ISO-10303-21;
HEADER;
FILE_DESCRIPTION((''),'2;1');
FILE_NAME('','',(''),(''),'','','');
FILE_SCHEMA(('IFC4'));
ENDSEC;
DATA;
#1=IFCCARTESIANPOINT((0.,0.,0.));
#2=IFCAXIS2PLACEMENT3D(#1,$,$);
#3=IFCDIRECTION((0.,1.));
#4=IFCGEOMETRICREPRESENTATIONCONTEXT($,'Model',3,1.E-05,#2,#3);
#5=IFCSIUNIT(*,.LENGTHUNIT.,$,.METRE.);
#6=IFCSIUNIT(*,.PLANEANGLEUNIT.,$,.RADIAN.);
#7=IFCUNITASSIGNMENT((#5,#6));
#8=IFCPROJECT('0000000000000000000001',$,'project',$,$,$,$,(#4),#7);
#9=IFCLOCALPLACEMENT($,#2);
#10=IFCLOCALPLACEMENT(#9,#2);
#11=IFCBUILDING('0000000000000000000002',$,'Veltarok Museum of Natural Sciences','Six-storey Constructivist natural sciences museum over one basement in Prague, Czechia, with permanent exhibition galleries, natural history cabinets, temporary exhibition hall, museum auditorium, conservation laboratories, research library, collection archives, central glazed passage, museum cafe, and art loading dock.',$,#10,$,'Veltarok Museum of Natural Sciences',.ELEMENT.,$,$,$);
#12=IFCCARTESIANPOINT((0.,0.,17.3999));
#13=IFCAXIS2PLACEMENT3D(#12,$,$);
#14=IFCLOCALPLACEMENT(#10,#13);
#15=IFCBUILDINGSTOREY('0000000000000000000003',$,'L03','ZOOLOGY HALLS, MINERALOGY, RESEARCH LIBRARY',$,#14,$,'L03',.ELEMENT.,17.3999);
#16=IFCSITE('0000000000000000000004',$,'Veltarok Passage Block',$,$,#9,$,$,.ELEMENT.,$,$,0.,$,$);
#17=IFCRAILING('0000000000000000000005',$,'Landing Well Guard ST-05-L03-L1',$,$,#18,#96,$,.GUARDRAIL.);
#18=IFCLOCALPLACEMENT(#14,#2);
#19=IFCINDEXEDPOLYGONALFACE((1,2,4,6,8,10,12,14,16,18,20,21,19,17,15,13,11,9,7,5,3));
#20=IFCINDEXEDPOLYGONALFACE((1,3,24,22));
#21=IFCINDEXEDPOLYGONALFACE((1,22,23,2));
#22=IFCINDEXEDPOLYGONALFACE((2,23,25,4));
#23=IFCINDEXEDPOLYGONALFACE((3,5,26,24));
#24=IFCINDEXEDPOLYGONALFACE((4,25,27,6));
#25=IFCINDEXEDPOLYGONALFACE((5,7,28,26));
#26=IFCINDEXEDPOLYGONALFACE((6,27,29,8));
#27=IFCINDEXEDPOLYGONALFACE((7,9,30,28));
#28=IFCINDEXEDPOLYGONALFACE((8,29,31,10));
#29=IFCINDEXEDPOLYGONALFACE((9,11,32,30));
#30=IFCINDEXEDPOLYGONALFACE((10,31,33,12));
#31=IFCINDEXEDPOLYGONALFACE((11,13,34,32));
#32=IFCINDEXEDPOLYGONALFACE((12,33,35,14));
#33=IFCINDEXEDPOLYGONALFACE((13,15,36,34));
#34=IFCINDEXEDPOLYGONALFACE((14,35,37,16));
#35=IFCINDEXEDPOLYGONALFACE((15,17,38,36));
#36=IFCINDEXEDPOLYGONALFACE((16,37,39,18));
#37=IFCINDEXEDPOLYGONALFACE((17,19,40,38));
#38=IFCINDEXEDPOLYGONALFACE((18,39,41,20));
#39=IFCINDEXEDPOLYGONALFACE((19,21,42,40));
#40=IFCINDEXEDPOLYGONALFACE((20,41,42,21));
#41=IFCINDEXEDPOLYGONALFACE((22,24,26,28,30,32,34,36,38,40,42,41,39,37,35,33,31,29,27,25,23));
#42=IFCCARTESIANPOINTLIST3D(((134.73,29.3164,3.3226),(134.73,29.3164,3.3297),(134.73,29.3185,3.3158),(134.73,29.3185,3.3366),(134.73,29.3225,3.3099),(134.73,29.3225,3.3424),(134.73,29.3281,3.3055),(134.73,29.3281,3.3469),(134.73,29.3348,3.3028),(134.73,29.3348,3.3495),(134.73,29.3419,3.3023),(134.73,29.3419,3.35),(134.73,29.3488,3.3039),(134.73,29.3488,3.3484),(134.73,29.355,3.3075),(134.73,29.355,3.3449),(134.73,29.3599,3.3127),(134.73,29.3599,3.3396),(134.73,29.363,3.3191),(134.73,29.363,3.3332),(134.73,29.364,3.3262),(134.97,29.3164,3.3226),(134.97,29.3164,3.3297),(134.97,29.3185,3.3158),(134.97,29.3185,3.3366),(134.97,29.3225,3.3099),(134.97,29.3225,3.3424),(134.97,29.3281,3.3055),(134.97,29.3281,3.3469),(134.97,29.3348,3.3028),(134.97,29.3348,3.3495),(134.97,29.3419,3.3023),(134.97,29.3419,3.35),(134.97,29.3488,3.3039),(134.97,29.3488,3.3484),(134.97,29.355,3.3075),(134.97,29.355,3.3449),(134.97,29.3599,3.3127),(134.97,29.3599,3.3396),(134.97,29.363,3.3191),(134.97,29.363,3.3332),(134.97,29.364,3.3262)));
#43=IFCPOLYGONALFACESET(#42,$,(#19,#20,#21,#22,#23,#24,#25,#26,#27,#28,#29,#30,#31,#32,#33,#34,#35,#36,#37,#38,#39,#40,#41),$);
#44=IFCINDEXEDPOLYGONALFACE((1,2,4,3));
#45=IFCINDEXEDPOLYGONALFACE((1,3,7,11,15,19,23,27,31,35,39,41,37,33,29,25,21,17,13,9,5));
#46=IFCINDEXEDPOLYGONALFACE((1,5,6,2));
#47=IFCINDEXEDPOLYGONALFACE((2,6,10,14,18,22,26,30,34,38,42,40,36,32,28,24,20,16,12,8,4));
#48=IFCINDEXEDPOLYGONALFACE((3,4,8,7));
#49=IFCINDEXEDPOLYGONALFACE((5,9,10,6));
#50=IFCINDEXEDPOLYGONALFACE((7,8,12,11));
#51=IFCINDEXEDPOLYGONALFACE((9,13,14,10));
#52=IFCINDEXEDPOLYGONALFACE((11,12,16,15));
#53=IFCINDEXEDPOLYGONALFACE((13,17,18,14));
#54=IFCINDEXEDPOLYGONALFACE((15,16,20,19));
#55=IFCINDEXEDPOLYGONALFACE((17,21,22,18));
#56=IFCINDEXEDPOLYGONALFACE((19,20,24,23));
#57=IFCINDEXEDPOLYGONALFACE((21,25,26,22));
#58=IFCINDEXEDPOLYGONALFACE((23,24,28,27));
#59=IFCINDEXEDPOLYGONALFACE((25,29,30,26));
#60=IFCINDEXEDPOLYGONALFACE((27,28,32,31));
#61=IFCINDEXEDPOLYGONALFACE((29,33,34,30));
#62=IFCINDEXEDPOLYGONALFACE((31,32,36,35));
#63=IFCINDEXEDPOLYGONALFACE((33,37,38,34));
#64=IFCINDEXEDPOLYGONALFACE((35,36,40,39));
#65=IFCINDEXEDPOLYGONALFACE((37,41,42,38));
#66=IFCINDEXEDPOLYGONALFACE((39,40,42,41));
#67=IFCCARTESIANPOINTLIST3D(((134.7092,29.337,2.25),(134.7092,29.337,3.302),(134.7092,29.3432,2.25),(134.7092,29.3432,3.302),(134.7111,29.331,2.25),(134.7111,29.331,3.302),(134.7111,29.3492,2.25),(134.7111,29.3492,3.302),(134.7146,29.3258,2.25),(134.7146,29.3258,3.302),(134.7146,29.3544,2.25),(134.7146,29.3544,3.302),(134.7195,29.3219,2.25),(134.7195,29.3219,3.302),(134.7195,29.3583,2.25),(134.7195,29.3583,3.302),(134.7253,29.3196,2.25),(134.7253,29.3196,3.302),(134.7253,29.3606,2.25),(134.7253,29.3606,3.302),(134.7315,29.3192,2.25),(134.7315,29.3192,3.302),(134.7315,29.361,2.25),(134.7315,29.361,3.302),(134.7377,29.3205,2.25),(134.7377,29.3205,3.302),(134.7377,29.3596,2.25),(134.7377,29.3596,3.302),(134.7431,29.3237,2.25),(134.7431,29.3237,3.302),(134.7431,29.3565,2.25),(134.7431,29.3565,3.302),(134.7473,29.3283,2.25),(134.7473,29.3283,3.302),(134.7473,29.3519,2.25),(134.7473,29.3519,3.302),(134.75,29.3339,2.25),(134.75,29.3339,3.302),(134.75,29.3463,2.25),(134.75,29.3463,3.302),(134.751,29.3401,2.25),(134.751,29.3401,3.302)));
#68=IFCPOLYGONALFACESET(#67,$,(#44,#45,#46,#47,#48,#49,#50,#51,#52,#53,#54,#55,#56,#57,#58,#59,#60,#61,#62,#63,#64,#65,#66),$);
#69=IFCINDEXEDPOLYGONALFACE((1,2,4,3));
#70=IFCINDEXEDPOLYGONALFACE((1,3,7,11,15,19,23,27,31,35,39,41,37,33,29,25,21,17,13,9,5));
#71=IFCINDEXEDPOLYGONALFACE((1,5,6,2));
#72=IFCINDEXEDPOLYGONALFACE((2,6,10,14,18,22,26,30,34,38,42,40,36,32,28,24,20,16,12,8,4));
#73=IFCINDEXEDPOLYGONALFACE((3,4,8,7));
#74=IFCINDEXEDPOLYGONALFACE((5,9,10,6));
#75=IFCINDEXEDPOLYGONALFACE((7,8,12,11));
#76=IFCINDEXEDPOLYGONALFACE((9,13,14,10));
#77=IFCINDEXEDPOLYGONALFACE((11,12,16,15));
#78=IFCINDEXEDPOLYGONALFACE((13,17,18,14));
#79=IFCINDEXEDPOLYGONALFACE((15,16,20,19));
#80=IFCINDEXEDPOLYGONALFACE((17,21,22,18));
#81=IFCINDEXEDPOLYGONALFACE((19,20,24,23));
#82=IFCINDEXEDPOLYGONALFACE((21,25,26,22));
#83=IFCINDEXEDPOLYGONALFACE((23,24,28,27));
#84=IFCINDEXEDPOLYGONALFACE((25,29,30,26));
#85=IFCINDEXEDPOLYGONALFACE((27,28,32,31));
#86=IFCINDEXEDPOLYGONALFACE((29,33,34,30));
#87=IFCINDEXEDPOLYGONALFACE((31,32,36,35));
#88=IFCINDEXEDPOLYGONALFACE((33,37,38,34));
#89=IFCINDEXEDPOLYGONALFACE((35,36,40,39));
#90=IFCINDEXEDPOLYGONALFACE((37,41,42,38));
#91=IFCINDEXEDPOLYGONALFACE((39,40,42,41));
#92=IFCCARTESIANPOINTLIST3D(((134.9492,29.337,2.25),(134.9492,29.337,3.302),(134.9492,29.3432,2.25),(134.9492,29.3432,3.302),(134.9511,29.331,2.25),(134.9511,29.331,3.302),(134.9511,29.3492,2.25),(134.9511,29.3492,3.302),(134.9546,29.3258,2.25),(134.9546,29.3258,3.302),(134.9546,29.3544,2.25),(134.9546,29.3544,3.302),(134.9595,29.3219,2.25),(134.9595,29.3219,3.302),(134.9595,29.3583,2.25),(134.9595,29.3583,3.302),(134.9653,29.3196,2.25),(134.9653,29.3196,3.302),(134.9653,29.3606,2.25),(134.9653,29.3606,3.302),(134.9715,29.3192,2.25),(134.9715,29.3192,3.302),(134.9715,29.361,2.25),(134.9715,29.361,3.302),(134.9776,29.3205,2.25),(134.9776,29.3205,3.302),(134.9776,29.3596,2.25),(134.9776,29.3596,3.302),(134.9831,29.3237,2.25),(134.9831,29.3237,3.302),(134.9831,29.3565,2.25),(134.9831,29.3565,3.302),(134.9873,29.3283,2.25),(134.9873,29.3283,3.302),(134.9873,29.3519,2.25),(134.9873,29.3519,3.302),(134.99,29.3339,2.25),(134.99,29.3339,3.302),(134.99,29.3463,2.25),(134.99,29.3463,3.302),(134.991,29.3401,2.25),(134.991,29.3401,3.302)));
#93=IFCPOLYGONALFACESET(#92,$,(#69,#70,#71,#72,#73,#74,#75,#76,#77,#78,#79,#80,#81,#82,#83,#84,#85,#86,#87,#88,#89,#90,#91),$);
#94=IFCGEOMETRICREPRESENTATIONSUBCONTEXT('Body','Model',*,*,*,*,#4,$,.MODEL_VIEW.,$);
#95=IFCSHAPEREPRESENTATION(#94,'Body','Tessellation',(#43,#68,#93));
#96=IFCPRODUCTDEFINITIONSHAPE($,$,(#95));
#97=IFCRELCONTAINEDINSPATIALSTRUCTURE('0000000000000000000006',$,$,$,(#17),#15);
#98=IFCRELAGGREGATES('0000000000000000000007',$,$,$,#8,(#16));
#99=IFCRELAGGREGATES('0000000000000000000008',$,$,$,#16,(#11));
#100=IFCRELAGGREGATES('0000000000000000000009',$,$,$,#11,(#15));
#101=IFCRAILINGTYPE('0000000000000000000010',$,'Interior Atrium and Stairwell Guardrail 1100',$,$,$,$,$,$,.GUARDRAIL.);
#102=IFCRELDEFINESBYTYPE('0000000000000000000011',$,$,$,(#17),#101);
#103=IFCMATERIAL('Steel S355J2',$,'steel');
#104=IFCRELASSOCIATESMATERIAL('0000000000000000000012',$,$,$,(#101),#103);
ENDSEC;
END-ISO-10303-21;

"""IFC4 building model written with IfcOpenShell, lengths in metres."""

from ifc_helpers import new_model, si_unit, direction, frame, origin, origin_2d, place, context, subcontext, project, spatial, circle, extrude, material, type_object, element, save


model = new_model("IFC4")

# Units and contexts
model_context = context("Model", 3, precision=1e-05, world=origin(), true_north=direction((0.0, 1.0)))
body_context = subcontext(model_context, "Body", "Model", "MODEL_VIEW")
ifc_project = project(units=[si_unit("LENGTHUNIT", "METRE"), si_unit("PLANEANGLEUNIT", "RADIAN")], contexts=[model_context])

# Site, building, storey
site_placement = place(None, origin())
site = spatial("IfcSite", under=ifc_project, at=site_placement, Name="Veltarok Passage Block", CompositionType="ELEMENT", RefElevation=0.0)
building_placement = place(site_placement, origin())
building = spatial("IfcBuilding", under=site, at=building_placement, Name="Veltarok Museum of Natural Sciences", Description="Six-storey Constructivist natural sciences museum over one basement in Prague, Czechia, with permanent exhibition galleries, natural history cabinets, temporary exhibition hall, museum auditorium, conservation laboratories, research library, collection archives, central glazed passage, museum cafe, and art loading dock.", LongName="Veltarok Museum of Natural Sciences", CompositionType="ELEMENT")
storey_placement = place(building_placement, frame((0.0, 0.0, 17.3999)))
storey = spatial("IfcBuildingStorey", under=building, at=storey_placement, Name="L03", Description="ZOOLOGY HALLS, MINERALOGY, RESEARCH LIBRARY", LongName="L03", CompositionType="ELEMENT", Elevation=17.3999)

# Shared definitions
ifc_material_1 = material(Name="Steel S355J2", Category="steel")

# Railing
railing_type_1 = type_object("IfcRailingType", Name="Interior Atrium and Stairwell Guardrail 1100", PredefinedType="GUARDRAIL", material=ifc_material_1)
for number, where, name in (
    (1, (134.73, 29.3401, 2.25), "Landing Well Guard ST-05-L03-L1"),
):
    element("IfcRailing", number, at=place(storey_placement, frame(where)), inside=storey, type_object=railing_type_1, Name=name, PredefinedType="GUARDRAIL", context=body_context, shape_type="SweptSolid", body=[
        extrude(circle(Radius=0.0239, at=origin_2d()), frame((0.0, 0.0, 1.0762), z_axis=(1.0, 0.0, 0.0), x_axis=(0.0, 1.0, 0.0)), (0.0, 0.0, 1.0), 0.24),
        extrude(circle(Radius=0.021, at=origin_2d()), origin(), (0.0, 0.0, 1.0), 1.052),
        extrude(circle(Radius=0.021, at=origin_2d()), frame((0.24, 0.0, 0.0)), (0.0, 0.0, 1.0), 1.052),
    ])

save(model, "model.ifc")
